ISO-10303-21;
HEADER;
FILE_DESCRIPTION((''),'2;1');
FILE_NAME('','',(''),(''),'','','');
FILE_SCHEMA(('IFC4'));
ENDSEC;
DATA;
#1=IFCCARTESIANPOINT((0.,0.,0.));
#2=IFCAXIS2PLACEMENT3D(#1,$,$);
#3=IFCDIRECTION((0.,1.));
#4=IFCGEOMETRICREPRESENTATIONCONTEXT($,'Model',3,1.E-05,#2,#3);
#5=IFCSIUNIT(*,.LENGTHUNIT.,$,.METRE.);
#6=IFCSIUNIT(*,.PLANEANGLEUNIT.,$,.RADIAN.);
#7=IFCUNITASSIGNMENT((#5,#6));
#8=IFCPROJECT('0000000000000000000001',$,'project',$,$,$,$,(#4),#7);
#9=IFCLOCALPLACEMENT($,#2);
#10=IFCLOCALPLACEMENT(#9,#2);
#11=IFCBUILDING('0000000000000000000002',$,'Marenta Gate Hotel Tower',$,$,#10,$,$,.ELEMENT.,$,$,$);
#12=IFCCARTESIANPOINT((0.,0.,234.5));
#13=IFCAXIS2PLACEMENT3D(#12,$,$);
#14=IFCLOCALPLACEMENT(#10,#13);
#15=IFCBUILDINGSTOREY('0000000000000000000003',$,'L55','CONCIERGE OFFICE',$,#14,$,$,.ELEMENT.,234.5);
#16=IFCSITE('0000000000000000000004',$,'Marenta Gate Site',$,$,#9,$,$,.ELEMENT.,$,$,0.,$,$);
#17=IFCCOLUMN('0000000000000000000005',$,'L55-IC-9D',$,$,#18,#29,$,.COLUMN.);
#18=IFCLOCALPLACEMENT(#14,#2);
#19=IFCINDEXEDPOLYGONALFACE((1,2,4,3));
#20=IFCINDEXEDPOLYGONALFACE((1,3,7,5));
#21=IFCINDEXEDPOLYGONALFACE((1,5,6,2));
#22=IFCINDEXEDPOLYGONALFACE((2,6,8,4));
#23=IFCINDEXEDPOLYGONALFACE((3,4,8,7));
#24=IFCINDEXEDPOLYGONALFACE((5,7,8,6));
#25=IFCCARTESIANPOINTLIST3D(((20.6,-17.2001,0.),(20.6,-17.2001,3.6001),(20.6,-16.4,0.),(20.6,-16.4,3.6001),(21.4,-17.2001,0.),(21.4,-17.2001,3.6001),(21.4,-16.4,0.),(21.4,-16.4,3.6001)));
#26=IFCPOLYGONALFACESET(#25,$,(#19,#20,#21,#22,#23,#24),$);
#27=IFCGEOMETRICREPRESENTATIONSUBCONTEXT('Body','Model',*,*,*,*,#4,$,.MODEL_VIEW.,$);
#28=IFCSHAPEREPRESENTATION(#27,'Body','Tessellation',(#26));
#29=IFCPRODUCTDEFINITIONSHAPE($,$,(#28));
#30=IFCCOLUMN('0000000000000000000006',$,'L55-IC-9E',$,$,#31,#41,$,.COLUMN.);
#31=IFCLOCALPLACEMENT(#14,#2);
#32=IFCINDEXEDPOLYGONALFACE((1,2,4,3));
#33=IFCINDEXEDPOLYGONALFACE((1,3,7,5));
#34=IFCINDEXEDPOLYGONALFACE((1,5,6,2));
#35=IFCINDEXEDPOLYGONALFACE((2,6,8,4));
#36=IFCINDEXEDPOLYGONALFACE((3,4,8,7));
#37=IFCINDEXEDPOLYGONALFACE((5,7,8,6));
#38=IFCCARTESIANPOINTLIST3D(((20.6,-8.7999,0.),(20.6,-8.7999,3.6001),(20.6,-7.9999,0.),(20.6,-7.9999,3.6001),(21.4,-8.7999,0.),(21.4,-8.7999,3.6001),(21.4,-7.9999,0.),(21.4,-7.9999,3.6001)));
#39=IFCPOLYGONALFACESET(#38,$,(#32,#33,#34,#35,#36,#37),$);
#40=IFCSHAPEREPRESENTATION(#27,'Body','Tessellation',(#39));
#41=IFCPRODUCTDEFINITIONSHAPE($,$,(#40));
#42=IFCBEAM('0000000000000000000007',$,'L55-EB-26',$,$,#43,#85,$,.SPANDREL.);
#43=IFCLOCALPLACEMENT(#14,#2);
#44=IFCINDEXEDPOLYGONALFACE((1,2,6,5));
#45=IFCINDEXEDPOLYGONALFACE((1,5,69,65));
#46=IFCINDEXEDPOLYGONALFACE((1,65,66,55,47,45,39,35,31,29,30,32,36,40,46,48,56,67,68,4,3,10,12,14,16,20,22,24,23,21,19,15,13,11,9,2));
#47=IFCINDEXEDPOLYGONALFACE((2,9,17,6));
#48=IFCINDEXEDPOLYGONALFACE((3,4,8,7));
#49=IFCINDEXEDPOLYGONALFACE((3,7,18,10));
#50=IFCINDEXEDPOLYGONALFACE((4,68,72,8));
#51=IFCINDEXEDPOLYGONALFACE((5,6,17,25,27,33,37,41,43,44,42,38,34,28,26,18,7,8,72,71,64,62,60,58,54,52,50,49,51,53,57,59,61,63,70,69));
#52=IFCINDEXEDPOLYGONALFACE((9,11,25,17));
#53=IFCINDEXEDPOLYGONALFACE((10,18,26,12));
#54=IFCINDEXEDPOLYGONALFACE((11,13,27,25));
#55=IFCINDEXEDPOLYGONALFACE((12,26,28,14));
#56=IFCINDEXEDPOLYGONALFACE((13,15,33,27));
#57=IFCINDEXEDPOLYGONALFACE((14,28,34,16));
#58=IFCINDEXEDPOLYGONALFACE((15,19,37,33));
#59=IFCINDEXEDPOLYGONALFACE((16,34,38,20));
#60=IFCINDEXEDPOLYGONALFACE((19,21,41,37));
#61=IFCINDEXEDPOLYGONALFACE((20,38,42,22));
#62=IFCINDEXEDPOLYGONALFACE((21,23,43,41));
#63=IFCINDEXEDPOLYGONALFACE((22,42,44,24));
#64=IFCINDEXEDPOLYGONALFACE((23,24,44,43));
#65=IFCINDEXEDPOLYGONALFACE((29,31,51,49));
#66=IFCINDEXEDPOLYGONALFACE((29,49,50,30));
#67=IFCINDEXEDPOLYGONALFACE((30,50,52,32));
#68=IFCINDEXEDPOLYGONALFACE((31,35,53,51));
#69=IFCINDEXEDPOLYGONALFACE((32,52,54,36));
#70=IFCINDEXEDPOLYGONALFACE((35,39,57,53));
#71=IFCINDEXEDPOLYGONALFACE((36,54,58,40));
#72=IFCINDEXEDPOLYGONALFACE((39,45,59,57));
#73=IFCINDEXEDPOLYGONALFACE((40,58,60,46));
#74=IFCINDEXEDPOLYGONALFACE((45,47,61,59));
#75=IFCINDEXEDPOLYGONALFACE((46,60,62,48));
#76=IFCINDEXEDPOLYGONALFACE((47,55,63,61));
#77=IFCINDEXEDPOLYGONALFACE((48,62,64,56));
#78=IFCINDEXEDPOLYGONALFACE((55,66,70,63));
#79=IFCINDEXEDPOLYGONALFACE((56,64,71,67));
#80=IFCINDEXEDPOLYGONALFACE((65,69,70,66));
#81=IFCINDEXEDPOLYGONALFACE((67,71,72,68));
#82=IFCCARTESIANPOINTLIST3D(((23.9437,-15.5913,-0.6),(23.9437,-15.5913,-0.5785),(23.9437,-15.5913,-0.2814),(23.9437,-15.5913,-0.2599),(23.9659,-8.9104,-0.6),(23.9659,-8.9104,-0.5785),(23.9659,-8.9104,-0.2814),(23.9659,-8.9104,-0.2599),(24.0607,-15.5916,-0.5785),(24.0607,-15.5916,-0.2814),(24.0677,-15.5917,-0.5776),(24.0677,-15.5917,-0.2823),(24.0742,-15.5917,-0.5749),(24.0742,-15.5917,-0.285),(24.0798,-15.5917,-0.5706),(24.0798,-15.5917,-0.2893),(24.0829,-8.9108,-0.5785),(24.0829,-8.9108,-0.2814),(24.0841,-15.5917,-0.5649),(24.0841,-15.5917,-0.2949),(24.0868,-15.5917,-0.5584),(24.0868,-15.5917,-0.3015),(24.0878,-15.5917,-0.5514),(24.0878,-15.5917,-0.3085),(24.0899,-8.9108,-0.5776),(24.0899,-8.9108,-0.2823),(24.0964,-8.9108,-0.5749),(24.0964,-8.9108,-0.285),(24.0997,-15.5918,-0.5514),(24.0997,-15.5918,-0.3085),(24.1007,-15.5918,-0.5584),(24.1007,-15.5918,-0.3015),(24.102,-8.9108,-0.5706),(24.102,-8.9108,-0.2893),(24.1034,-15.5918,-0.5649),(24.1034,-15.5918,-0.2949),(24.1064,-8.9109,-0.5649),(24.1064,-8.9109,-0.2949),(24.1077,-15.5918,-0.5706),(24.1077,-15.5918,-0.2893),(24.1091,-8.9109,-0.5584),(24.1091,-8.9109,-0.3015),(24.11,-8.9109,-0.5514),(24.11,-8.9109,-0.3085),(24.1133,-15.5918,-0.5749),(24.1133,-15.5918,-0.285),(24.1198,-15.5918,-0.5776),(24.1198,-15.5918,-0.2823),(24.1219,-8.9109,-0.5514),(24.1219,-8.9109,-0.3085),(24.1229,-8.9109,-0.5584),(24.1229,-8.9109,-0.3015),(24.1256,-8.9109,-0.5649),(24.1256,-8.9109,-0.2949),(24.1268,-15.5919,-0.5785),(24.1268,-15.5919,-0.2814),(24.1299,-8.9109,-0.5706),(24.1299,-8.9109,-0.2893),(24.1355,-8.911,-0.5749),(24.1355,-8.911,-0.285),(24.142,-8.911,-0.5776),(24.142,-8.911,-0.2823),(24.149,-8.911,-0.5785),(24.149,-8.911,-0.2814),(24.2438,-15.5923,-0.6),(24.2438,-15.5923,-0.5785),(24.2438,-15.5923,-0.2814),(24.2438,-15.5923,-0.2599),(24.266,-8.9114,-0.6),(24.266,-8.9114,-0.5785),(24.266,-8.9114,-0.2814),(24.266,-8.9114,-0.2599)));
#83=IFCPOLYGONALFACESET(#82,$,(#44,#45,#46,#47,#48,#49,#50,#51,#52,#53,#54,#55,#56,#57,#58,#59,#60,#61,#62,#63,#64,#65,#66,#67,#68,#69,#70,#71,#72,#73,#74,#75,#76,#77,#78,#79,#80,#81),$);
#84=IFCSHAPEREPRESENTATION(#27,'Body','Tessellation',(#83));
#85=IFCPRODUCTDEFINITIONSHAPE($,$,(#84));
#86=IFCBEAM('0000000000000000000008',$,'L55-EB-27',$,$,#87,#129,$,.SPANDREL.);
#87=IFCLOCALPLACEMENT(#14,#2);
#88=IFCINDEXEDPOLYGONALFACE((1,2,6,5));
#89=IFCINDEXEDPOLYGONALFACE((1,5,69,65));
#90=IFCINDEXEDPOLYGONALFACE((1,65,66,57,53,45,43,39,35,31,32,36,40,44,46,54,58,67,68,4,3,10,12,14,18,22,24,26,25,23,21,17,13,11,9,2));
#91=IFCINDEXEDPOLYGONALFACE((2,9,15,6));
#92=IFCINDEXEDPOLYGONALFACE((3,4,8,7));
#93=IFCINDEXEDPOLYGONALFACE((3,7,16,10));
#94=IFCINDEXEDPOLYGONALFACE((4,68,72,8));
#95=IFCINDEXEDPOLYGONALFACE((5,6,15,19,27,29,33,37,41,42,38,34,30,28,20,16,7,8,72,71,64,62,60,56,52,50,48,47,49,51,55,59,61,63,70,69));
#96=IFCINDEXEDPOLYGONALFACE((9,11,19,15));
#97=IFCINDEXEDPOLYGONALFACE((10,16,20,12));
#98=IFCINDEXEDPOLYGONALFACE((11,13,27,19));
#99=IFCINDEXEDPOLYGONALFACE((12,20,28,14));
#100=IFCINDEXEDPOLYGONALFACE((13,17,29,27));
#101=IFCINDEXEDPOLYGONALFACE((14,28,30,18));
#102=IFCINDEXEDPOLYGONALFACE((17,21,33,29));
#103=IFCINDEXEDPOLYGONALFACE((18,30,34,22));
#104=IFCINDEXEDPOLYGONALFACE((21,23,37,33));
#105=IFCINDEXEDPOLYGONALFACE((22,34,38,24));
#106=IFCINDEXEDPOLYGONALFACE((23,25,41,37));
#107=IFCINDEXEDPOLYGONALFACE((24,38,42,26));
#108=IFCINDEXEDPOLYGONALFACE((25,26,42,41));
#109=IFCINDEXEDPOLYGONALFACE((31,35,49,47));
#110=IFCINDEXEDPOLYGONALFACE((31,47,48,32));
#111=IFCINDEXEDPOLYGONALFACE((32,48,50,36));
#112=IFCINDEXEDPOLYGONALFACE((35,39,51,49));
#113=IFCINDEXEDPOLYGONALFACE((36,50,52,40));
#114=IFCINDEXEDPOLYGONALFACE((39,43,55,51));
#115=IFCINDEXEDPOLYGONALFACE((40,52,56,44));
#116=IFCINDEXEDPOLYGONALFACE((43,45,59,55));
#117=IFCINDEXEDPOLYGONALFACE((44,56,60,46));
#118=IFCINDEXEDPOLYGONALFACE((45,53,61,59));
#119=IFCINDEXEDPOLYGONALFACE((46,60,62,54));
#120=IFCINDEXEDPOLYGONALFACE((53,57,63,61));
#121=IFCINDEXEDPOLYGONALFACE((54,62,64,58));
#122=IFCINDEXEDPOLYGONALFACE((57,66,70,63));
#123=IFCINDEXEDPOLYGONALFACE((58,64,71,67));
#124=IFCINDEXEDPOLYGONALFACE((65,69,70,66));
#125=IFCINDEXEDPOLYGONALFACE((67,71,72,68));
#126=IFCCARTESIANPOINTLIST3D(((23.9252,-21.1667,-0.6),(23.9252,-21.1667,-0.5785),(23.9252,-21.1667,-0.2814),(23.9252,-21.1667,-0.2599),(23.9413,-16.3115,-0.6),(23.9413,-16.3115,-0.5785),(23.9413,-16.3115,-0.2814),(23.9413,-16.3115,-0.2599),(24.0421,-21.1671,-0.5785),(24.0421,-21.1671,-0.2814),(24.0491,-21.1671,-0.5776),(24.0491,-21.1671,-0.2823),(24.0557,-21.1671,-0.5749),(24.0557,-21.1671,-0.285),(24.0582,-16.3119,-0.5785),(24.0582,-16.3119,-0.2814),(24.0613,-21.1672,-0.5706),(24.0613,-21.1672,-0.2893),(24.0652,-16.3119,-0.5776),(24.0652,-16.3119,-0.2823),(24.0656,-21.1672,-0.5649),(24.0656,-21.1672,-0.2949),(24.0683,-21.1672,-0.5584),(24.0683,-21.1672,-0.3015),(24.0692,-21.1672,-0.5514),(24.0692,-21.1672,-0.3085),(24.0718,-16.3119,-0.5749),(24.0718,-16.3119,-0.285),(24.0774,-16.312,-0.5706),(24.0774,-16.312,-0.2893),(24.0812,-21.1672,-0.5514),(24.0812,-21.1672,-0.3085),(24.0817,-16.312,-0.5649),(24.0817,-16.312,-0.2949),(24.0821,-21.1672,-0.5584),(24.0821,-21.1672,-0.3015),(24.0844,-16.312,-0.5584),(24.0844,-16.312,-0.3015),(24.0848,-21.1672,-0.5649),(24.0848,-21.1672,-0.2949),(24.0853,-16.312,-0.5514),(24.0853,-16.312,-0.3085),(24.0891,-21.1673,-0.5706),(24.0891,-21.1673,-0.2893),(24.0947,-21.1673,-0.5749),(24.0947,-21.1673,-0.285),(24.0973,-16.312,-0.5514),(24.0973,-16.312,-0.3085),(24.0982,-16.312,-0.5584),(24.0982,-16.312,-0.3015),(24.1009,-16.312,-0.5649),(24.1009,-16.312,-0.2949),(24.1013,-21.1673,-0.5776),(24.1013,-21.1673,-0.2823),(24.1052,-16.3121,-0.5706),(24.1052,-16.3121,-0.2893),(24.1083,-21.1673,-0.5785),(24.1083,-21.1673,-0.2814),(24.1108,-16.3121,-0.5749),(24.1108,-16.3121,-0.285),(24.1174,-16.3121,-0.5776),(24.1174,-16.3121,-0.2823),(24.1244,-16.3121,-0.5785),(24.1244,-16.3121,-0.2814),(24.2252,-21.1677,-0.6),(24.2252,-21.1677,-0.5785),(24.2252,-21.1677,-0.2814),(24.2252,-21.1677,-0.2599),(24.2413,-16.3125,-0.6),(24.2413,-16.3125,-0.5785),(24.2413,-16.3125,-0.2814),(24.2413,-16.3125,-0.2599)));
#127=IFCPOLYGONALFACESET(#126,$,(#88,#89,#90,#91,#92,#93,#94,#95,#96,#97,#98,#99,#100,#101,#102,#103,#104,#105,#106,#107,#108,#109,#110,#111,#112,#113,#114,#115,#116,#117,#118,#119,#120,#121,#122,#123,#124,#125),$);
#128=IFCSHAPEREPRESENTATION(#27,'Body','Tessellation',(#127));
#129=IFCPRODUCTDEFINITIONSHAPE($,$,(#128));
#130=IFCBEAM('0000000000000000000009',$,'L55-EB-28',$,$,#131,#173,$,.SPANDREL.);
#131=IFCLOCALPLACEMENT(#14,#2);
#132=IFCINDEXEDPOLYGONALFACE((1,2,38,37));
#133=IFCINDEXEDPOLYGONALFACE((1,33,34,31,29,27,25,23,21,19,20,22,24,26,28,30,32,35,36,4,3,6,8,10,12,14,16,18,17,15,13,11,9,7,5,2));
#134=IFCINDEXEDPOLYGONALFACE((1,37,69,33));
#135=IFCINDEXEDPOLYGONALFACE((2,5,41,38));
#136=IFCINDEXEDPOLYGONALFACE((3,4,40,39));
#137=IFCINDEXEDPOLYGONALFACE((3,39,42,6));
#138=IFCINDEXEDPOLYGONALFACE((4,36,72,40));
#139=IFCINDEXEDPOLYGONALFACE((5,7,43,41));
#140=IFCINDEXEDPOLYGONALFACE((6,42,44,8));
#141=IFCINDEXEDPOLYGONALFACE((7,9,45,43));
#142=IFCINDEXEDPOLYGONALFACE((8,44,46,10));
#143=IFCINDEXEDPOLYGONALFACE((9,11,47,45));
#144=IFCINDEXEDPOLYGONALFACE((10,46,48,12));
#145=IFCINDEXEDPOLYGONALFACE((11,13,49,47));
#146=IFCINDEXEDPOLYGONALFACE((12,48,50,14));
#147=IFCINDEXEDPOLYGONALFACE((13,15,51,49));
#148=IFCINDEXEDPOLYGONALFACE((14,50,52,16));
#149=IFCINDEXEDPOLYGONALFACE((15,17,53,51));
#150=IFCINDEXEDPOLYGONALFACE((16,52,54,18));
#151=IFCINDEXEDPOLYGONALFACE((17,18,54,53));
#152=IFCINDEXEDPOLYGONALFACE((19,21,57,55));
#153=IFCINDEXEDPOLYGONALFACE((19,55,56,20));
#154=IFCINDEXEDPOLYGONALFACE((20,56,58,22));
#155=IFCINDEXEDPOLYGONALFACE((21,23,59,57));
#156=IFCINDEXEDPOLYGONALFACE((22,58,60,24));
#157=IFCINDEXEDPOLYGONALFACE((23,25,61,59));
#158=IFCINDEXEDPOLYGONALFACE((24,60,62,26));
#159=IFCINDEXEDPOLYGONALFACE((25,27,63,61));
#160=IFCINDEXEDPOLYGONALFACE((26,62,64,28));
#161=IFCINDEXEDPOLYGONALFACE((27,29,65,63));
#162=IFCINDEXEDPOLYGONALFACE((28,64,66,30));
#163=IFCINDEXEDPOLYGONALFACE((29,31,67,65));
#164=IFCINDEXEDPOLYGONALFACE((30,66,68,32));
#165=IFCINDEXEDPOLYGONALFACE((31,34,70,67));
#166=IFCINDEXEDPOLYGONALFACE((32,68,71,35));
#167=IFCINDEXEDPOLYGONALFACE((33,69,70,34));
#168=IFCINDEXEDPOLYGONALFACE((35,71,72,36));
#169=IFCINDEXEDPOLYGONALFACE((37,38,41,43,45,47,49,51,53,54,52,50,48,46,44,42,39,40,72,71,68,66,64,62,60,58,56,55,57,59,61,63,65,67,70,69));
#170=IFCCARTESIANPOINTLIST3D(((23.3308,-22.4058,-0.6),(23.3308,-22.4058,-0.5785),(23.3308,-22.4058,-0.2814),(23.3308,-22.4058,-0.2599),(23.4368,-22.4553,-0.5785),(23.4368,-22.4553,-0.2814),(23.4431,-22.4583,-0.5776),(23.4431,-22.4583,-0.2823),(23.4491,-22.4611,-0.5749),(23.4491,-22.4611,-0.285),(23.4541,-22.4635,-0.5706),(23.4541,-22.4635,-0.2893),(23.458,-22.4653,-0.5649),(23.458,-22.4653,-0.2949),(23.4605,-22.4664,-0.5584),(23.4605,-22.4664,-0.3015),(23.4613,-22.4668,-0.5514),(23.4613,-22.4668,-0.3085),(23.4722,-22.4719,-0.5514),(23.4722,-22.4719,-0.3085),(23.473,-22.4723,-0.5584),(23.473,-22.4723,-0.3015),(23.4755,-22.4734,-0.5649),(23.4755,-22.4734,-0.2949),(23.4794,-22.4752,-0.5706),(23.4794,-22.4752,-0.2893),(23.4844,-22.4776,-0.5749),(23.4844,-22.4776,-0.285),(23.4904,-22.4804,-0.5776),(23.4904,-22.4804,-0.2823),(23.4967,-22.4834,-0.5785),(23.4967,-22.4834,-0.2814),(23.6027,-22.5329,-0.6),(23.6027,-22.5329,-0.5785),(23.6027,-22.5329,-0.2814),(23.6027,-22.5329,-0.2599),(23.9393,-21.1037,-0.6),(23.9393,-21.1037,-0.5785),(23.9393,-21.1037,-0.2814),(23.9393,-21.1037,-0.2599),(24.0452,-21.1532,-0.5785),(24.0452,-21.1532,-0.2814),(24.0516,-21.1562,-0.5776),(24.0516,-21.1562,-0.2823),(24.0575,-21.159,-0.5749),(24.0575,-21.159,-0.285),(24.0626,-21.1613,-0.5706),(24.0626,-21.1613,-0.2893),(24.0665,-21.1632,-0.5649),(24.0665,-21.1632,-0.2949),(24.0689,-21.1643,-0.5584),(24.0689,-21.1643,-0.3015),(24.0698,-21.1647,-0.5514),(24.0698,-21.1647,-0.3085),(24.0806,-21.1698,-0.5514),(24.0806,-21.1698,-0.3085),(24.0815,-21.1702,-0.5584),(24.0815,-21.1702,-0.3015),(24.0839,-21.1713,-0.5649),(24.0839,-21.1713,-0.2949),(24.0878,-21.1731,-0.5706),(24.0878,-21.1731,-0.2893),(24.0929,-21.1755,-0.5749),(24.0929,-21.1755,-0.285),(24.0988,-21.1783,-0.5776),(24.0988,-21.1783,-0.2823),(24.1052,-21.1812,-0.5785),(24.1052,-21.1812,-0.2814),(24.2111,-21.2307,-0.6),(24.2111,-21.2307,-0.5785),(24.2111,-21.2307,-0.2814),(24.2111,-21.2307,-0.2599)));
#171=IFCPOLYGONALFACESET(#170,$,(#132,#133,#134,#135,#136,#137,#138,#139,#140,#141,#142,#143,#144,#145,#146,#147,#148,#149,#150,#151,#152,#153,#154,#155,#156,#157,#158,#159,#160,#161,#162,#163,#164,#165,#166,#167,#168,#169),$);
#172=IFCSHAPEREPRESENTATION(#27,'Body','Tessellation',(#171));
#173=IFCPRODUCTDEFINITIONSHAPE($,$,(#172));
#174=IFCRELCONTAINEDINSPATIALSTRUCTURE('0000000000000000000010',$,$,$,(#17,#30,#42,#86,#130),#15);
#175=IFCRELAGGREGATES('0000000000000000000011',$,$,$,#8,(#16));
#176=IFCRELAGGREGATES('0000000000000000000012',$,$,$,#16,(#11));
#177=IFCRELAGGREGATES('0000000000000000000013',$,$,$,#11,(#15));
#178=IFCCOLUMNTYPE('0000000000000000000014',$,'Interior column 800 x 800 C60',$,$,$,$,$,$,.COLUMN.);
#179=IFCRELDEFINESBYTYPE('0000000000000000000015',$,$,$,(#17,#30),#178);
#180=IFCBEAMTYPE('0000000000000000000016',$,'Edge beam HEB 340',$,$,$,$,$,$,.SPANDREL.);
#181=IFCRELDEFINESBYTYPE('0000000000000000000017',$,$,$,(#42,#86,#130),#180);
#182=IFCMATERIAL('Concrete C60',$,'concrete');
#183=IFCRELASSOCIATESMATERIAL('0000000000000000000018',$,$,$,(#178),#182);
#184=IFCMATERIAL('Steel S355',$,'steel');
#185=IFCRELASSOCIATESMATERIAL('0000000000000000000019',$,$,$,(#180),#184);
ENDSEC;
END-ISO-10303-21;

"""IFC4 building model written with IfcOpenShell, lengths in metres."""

from ifc_helpers import new_model, si_unit, direction, frame, origin, origin_2d, place, context, subcontext, project, spatial, rectangle, i_section, extrude, material, material_profile, profile_set, type_object, element, save


model = new_model("IFC4")

# Units and contexts
model_context = context("Model", 3, precision=1e-05, world=origin(), true_north=direction((0.0, 1.0)))
body_context = subcontext(model_context, "Body", "Model", "MODEL_VIEW")
ifc_project = project(units=[si_unit("LENGTHUNIT", "METRE"), si_unit("PLANEANGLEUNIT", "RADIAN")], contexts=[model_context])

# Site, building, storey
site_placement = place(None, origin())
site = spatial("IfcSite", under=ifc_project, at=site_placement, Name="Marenta Gate Site", CompositionType="ELEMENT", RefElevation=0.0)
building_placement = place(site_placement, origin())
building = spatial("IfcBuilding", under=site, at=building_placement, Name="Marenta Gate Hotel Tower", CompositionType="ELEMENT")
storey_placement = place(building_placement, frame((0.0, 0.0, 234.5)))
storey = spatial("IfcBuildingStorey", under=building, at=storey_placement, Name="L55", Description="CONCIERGE OFFICE", CompositionType="ELEMENT", Elevation=234.5)

# Columns
ifc_material_1 = material(Name="Concrete C60", Category="concrete")
ifc_material_profile_1 = material_profile(ifc_material_1, rectangle(XDim=0.8, YDim=0.8, at=origin_2d()), Name="800 x 800")
ifc_profile_set_1 = profile_set([ifc_material_profile_1], Name="Concrete C60")
column_type = type_object("IfcColumnType", Name="Interior column 800 x 800 C60", PredefinedType="COLUMN", material=ifc_profile_set_1)
for number, where, z_axis, x_axis, name in (
    (1, (21.0, -16.8, 0.0), (0.0, 0.0, 1.0), (1.0, 0.0, 0.0), "L55-IC-9D"),
    (2, (21.0, -8.3999, 0.0), (0.0, 0.0, 1.0), (1.0, 0.0, 0.0), "L55-IC-9E"),
):
    element("IfcColumn", number, at=place(storey_placement, frame(where, z_axis=z_axis, x_axis=x_axis)), inside=storey, type_object=column_type, Name=name, PredefinedType="COLUMN", context=body_context, shape_type="SweptSolid", body=[
        extrude(rectangle(XDim=0.8, YDim=0.8, at=origin_2d()), origin(), (0.0, 0.0, 1.0), 3.6001),
    ])

# Beams
ifc_material_2 = material(Name="Steel S355", Category="steel")
ifc_material_profile_2 = material_profile(ifc_material_2, i_section(OverallWidth=0.3, OverallDepth=0.3401, WebThickness=0.012, FlangeThickness=0.0215, FilletRadius=0.0271, at=origin_2d()), Name="HEB 340")
ifc_profile_set_2 = profile_set([ifc_material_profile_2], Name="Steel S355")
beam_type_1 = type_object("IfcBeamType", Name="Edge beam HEB 340", PredefinedType="SPANDREL", material=ifc_profile_set_2)
beam_1_placement = place(storey_placement, frame((24.116, -8.9109, -0.4299), z_axis=(-0.003325, -0.999994, 0.0), x_axis=(0.999994, -0.003325, 0.0)))
element("IfcBeam", 3, at=beam_1_placement, inside=storey, type_object=beam_type_1, Name="L55-EB-26", PredefinedType="SPANDREL", context=body_context, shape_type="SweptSolid", body=[
    extrude(i_section(OverallWidth=0.3, OverallDepth=0.3401, WebThickness=0.012, FlangeThickness=0.0215, FilletRadius=0.0271, at=origin_2d()), origin(), (0.0, 0.0, 1.0), 6.6809),
])
beam_2_placement = place(storey_placement, frame((24.0913, -16.312, -0.4299), z_axis=(-0.003319, -0.999994, 0.0), x_axis=(0.999994, -0.003319, 0.0)))
element("IfcBeam", 4, at=beam_2_placement, inside=storey, type_object=beam_type_1, Name="L55-EB-27", PredefinedType="SPANDREL", context=body_context, shape_type="SweptSolid", body=[
    extrude(i_section(OverallWidth=0.3, OverallDepth=0.3401, WebThickness=0.012, FlangeThickness=0.0215, FilletRadius=0.0271, at=origin_2d()), origin(), (0.0, 0.0, 1.0), 4.8552),
])
beam_3_placement = place(storey_placement, frame((24.0752, -21.1672, -0.4299), z_axis=(-0.423341, -0.90597, 0.0), x_axis=(0.90597, -0.423341, 0.0)))
element("IfcBeam", 5, at=beam_3_placement, inside=storey, type_object=beam_type_1, Name="L55-EB-28", PredefinedType="SPANDREL", context=body_context, shape_type="SweptSolid", body=[
    extrude(i_section(OverallWidth=0.3, OverallDepth=0.3401, WebThickness=0.012, FlangeThickness=0.0215, FilletRadius=0.0271, at=origin_2d()), origin(), (0.0, 0.0, 1.0), 1.4373),
])

save(model, "model.ifc")
